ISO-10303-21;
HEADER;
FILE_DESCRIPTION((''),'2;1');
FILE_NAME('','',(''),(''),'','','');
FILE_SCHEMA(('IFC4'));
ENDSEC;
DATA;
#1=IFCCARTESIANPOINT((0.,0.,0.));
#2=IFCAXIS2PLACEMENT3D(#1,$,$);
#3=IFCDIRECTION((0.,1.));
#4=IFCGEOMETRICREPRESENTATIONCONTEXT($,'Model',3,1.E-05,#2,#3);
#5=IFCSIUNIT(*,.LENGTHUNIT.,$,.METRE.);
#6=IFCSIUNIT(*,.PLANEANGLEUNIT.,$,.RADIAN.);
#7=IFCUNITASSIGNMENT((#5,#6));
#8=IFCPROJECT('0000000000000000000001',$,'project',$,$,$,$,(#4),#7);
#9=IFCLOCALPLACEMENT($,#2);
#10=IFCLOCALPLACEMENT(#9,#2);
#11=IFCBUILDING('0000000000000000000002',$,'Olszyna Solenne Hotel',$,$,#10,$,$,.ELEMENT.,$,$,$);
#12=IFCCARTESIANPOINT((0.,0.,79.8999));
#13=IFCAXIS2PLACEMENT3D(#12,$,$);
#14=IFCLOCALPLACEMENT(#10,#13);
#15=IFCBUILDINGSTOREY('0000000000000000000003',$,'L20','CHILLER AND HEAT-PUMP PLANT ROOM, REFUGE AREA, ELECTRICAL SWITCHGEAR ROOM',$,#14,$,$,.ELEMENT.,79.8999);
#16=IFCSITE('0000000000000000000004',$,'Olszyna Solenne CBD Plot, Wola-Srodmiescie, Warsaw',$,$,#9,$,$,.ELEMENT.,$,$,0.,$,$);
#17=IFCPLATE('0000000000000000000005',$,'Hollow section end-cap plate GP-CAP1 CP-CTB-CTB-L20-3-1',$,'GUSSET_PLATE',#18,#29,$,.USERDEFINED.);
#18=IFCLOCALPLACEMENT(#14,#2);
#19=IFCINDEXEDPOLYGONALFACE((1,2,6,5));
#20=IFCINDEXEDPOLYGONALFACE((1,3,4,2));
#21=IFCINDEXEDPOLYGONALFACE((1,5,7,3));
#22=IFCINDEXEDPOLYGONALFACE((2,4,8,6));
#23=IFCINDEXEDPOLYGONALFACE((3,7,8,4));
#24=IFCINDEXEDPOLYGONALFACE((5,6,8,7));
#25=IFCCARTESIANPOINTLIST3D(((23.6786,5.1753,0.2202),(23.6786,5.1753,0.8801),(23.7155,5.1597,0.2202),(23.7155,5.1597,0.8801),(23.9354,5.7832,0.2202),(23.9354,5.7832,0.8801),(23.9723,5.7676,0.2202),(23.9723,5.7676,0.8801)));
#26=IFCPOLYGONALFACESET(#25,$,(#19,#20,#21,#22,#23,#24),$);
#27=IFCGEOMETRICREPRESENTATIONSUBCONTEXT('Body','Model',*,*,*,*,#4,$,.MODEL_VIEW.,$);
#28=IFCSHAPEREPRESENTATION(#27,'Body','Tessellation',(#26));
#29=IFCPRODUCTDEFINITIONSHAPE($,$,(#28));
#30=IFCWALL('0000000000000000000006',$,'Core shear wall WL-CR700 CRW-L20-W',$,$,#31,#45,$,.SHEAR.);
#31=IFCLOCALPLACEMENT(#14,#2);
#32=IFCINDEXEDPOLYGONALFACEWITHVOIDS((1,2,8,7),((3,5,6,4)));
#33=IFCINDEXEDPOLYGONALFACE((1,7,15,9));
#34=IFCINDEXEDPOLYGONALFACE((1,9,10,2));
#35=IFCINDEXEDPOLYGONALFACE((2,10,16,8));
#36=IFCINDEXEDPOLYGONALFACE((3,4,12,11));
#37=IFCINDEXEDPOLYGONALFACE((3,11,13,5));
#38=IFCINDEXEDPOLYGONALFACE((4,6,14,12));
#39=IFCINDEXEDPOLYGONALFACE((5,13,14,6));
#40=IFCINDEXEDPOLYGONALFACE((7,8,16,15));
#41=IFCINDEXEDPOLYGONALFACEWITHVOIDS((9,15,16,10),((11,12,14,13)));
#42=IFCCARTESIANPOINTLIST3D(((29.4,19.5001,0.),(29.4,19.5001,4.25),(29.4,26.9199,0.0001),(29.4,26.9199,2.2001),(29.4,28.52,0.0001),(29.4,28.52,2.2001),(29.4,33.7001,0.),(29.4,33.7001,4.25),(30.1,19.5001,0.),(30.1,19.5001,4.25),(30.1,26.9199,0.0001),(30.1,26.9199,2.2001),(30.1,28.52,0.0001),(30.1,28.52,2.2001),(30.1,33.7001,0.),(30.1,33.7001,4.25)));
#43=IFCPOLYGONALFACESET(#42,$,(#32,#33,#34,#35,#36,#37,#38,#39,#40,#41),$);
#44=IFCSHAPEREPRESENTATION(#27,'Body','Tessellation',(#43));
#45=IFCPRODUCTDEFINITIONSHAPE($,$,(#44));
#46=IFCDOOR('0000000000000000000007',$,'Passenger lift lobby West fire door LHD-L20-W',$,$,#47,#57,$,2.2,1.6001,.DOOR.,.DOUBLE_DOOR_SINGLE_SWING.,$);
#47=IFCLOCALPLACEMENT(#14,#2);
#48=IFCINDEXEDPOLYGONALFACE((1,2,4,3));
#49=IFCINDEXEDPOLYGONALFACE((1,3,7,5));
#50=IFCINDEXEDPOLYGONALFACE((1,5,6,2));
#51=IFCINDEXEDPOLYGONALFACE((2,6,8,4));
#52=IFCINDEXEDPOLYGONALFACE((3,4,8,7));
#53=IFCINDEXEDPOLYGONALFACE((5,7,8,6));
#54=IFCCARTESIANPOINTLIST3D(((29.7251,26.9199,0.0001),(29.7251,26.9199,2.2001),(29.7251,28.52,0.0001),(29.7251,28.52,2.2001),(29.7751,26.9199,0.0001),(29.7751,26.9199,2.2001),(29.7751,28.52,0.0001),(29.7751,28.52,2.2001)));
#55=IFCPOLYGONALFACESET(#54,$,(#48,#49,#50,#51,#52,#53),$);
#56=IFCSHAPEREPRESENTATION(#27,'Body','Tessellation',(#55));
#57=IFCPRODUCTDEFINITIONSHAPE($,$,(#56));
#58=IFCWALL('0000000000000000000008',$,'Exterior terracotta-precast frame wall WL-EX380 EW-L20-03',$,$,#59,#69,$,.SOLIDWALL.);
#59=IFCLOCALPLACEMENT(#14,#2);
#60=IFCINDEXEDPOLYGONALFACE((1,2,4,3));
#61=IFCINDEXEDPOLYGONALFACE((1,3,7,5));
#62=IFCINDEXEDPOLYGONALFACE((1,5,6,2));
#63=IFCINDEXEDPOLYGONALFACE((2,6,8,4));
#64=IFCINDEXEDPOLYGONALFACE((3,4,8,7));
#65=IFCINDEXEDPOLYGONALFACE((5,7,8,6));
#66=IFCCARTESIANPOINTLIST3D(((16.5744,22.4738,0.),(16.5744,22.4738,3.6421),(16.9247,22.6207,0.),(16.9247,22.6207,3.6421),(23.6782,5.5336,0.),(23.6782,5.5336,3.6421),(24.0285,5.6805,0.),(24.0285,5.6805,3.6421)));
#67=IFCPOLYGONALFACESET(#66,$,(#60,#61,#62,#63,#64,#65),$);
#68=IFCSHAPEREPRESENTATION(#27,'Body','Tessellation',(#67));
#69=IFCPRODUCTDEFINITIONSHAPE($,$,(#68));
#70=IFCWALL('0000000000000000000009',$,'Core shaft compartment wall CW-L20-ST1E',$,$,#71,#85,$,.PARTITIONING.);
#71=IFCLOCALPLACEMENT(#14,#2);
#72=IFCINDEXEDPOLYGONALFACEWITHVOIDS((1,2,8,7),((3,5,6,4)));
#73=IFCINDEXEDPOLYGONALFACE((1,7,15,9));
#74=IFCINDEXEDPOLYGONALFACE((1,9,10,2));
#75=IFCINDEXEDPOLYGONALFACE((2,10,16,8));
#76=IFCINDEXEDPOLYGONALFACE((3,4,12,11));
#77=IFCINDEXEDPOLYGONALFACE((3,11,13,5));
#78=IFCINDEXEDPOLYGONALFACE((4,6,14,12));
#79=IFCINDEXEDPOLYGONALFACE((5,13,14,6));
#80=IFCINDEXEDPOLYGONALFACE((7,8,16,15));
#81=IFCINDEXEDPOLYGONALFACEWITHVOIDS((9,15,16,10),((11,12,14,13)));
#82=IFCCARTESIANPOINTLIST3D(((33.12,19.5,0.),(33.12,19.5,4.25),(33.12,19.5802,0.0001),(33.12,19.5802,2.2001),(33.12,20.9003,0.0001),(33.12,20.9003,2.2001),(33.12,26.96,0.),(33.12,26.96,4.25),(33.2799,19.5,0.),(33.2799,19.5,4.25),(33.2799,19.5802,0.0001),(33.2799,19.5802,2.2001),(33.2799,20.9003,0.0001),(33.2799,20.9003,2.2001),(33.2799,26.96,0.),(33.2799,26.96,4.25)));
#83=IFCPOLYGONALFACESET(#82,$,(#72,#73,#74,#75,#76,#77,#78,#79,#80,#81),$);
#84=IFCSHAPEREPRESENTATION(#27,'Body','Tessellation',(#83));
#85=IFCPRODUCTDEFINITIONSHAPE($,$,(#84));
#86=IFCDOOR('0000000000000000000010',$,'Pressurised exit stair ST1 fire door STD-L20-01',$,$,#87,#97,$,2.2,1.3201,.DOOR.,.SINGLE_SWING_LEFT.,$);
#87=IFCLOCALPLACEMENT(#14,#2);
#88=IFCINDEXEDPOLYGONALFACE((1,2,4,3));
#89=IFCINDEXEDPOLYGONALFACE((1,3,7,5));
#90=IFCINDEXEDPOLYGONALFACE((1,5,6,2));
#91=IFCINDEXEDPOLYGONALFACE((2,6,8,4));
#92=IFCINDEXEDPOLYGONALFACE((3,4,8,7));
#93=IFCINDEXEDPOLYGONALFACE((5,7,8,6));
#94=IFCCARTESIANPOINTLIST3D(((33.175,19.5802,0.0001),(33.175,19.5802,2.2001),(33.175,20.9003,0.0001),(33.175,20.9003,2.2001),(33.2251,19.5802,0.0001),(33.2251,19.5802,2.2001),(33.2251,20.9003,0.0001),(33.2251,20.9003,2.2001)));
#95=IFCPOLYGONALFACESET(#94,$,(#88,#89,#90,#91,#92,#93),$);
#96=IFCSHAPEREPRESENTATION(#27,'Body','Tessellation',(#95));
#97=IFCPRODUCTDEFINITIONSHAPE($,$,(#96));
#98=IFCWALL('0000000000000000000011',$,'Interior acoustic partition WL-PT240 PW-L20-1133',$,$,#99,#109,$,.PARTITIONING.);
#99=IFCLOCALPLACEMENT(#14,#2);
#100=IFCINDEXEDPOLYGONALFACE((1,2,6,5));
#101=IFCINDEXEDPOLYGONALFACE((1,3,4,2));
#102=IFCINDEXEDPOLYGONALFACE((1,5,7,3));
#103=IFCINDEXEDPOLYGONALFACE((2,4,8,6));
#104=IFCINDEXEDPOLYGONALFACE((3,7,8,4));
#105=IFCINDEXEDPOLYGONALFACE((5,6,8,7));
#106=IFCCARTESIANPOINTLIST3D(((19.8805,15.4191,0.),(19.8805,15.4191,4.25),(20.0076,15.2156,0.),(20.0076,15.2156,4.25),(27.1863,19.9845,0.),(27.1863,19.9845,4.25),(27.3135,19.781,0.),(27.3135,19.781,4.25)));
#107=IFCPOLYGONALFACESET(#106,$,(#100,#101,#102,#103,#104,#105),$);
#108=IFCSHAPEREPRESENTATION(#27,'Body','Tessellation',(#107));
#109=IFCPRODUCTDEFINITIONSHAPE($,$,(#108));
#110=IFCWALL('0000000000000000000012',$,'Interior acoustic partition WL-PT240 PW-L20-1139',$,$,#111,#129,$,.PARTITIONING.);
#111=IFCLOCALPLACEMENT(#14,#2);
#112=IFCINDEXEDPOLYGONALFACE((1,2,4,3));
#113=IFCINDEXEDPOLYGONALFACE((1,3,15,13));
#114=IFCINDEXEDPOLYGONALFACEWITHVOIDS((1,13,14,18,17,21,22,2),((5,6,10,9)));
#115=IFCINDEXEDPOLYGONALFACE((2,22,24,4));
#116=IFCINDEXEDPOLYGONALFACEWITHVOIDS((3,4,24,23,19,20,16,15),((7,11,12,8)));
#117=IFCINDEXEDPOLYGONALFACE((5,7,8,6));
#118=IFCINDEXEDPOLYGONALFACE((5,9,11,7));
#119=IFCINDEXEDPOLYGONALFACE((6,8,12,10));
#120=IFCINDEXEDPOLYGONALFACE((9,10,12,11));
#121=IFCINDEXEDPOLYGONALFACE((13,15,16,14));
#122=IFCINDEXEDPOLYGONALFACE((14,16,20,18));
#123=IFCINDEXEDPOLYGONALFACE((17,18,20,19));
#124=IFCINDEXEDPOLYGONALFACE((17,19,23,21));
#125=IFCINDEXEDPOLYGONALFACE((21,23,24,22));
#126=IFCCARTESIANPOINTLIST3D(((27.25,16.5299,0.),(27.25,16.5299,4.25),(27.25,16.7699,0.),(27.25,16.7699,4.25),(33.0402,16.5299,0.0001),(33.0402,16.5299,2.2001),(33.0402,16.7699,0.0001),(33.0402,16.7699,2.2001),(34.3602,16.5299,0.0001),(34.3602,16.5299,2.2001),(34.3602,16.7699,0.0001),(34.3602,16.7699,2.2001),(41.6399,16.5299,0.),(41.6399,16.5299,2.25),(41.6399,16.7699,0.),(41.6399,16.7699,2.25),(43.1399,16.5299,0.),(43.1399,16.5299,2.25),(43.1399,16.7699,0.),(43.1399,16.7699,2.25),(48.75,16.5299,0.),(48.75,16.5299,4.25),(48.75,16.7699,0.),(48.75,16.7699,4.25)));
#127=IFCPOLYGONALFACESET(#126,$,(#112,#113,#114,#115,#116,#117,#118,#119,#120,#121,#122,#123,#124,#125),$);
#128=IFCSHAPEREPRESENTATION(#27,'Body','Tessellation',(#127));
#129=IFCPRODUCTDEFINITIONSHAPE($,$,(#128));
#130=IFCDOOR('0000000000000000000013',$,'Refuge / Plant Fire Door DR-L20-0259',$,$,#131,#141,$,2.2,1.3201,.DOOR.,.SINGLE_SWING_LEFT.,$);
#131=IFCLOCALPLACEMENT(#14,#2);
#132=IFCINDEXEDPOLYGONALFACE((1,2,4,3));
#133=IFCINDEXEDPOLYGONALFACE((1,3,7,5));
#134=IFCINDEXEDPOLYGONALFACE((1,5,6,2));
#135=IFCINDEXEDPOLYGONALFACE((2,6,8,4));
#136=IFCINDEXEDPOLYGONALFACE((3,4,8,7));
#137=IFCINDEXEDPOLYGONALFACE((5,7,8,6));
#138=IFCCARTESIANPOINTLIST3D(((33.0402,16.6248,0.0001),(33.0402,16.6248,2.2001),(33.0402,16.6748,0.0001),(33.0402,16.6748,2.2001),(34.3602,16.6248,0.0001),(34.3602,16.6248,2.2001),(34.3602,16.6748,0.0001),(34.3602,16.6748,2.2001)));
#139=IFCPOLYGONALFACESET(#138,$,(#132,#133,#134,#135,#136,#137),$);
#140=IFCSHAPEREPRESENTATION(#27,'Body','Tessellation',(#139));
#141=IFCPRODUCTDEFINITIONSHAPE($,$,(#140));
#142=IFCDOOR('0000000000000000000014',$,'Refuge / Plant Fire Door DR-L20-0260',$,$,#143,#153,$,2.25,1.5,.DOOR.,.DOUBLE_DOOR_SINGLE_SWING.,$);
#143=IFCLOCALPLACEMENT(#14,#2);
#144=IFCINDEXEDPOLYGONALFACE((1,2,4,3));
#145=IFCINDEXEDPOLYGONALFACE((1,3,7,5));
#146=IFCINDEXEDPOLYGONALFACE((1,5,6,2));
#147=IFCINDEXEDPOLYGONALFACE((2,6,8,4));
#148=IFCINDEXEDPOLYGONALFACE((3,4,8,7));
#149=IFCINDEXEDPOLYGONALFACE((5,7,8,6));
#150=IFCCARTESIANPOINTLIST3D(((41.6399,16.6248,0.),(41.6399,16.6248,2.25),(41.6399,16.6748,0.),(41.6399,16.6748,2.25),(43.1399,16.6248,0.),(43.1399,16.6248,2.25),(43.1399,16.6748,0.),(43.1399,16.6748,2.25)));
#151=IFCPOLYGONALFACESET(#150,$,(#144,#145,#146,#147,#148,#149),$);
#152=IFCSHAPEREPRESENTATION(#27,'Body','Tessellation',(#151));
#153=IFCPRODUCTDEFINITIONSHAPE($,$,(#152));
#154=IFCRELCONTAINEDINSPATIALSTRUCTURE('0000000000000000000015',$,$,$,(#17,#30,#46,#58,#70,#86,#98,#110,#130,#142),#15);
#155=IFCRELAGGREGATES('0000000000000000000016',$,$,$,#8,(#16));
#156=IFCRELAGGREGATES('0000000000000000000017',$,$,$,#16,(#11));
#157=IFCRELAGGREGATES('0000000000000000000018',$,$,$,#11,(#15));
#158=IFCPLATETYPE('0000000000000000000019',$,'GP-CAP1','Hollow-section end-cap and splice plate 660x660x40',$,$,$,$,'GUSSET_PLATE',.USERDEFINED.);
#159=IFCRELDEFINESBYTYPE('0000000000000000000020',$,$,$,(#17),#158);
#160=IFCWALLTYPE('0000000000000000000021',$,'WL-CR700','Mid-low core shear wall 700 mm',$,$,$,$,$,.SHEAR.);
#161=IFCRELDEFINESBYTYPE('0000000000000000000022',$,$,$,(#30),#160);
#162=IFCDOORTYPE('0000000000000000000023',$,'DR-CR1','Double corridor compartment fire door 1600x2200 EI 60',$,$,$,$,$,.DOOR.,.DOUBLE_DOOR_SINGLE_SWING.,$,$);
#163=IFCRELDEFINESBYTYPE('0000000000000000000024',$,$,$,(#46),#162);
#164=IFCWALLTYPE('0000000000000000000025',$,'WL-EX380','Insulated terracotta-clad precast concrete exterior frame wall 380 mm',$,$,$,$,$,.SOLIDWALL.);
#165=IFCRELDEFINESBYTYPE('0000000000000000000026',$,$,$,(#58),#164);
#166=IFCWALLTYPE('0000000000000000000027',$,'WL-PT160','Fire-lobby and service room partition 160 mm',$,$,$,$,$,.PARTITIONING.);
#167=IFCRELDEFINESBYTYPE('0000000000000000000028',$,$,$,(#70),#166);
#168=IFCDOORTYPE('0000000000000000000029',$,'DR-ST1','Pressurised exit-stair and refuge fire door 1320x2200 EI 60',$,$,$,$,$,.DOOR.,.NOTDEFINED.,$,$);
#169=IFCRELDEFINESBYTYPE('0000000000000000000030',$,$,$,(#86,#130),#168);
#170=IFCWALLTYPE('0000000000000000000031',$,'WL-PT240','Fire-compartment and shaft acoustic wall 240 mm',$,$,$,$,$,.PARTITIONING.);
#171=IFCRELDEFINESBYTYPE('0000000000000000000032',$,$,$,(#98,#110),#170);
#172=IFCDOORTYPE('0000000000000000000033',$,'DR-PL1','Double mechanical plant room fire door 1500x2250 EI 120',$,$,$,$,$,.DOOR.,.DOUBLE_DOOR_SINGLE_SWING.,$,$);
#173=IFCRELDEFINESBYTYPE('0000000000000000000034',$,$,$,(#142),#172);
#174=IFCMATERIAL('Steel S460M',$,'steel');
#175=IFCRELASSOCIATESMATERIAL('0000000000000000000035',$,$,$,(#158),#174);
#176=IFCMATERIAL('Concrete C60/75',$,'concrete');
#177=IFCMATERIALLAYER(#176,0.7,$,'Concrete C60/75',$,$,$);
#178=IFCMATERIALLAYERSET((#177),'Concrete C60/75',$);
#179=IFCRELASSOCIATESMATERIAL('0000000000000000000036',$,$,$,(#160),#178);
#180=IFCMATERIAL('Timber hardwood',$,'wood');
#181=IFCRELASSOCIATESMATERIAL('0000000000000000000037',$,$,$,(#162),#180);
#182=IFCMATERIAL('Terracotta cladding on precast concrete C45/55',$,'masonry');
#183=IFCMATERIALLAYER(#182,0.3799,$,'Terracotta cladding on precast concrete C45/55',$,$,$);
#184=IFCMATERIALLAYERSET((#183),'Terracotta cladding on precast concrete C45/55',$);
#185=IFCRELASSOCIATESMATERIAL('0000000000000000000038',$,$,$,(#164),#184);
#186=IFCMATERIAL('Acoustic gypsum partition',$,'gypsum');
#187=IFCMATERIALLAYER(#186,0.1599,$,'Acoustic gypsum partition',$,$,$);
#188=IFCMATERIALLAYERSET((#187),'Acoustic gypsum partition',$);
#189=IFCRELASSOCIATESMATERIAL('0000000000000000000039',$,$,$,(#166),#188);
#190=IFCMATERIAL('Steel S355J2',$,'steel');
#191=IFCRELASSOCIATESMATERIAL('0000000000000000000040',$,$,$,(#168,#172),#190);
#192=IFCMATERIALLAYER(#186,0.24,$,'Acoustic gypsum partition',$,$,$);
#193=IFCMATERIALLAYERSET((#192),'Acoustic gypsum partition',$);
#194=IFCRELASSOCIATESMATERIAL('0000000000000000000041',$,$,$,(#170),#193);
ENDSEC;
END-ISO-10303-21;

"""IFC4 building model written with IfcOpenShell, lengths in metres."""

from ifc_helpers import new_model, si_unit, direction, frame, frame_2d, origin, origin_2d, place, context, subcontext, project, spatial, rectangle, extrude, source, transform, mapped, material, layer, layer_set, type_object, type_shapes, element, fill, save


model = new_model("IFC4")

# Units and contexts
model_context = context("Model", 3, precision=1e-05, world=origin(), true_north=direction((0.0, 1.0)))
body_context = subcontext(model_context, "Body", "Model", "MODEL_VIEW")
ifc_project = project(units=[si_unit("LENGTHUNIT", "METRE"), si_unit("PLANEANGLEUNIT", "RADIAN")], contexts=[model_context])

# Site, building, storey
site_placement = place(None, origin())
site = spatial("IfcSite", under=ifc_project, at=site_placement, Name="Olszyna Solenne CBD Plot, Wola-Srodmiescie, Warsaw", CompositionType="ELEMENT", RefElevation=0.0)
building_placement = place(site_placement, origin())
building = spatial("IfcBuilding", under=site, at=building_placement, Name="Olszyna Solenne Hotel", CompositionType="ELEMENT")
storey_placement = place(building_placement, frame((0.0, 0.0, 79.8999)))
storey = spatial("IfcBuildingStorey", under=building, at=storey_placement, Name="L20", Description="CHILLER AND HEAT-PUMP PLANT ROOM, REFUGE AREA, ELECTRICAL SWITCHGEAR ROOM", CompositionType="ELEMENT", Elevation=79.8999)

# Shared definitions
ifc_material_1 = material(Name="Steel S355J2", Category="steel")

# Plate
ifc_material_2 = material(Name="Steel S460M", Category="steel")
plate_type_1 = type_object("IfcPlateType", Name="GP-CAP1", Description="Hollow-section end-cap and splice plate 660x660x40", ElementType="GUSSET_PLATE", PredefinedType="USERDEFINED", material=ifc_material_2)
shared_shape_1 = source(origin(), body_context, "Body", "SweptSolid", [
    extrude(rectangle(XDim=0.04, YDim=0.6599, at=origin_2d()), origin(), (0.0, 0.0, 1.0), 0.6599),
])
plate_1_placement = place(storey_placement, frame((23.8254, 5.4714, 0.2202), z_axis=(0.0, 0.0, 1.0), x_axis=(0.921185, -0.389124, 0.0)))
element("IfcPlate", 1, at=plate_1_placement, inside=storey, type_object=plate_type_1, Name="Hollow section end-cap plate GP-CAP1 CP-CTB-CTB-L20-3-1", ObjectType="GUSSET_PLATE", PredefinedType="USERDEFINED", context=body_context, shape_type="MappedRepresentation", body=[
    mapped(shared_shape_1, transform((0.0, 0.0, 0.0), x_axis=(1.0, 0.0, 0.0), y_axis=(0.0, 1.0, 0.0), z_axis=(0.0, 0.0, 1.0), scale=1.0)),
])

# Wall, opening, door
ifc_material_3 = material(Name="Concrete C60/75", Category="concrete")
ifc_layer_1 = layer(ifc_material_3, 0.7, Name="Concrete C60/75")
ifc_layer_set_1 = layer_set([ifc_layer_1], Name="Concrete C60/75")
wall_type_1 = type_object("IfcWallType", Name="WL-CR700", Description="Mid-low core shear wall 700 mm", PredefinedType="SHEAR", material=ifc_layer_set_1)
wall_1_placement = place(storey_placement, frame((29.75, 19.5, 0.0), z_axis=(0.0, 0.0, 1.0), x_axis=(0.0, 1.0, 0.0)))
wall_1 = element("IfcWall", 2, at=wall_1_placement, inside=storey, type_object=wall_type_1, Name="Core shear wall WL-CR700 CRW-L20-W", PredefinedType="SHEAR", context=body_context, shape_type="SweptSolid", body=[
    extrude(rectangle(XDim=14.2, YDim=0.7, at=frame_2d((7.1001, 0.0))), origin(), (0.0, 0.0, 1.0), 4.25),
])
opening_1_placement = place(wall_1_placement, frame((7.4199, 0.0, 0.0)))
opening_1 = element("IfcOpeningElement", 3, at=opening_1_placement, cuts=wall_1, PredefinedType="OPENING", context=body_context, shape_type="SweptSolid", body=[
    extrude(rectangle(XDim=1.6001, YDim=2.2, at=frame_2d((0.8, 1.1001))), frame((0.0, 0.3599, 0.0), z_axis=(0.0, -1.0, 0.0), x_axis=(1.0, 0.0, 0.0)), (0.0, 0.0, 1.0), 0.72),
])
ifc_material_4 = material(Name="Timber hardwood", Category="wood")
door_type_1 = type_object("IfcDoorType", Name="DR-CR1", Description="Double corridor compartment fire door 1600x2200 EI 60", OperationType="DOUBLE_DOOR_SINGLE_SWING", PredefinedType="DOOR", material=ifc_material_4)
shared_shape_2 = source(origin(), body_context, "Body", "SweptSolid", [
    extrude(rectangle(XDim=1.6001, YDim=2.2, at=frame_2d((0.8, 1.1001))), frame((0.0, 0.0249, 0.0), z_axis=(0.0, -1.0, 0.0), x_axis=(1.0, 0.0, 0.0)), (0.0, 0.0, 1.0), 0.05),
])
type_shapes(door_type_1, [shared_shape_2])
door_1_placement = place(opening_1_placement, origin())
door_1 = element("IfcDoor", 4, at=door_1_placement, inside=storey, type_object=door_type_1, Name="Passenger lift lobby West fire door LHD-L20-W", OperationType="DOUBLE_DOOR_SINGLE_SWING", OverallHeight=2.2, OverallWidth=1.6001, PredefinedType="DOOR", context=body_context, shape_type="MappedRepresentation", body=[
    mapped(shared_shape_2, transform((0.0, 0.0, 0.0), x_axis=(1.0, 0.0, 0.0), y_axis=(0.0, 1.0, 0.0), z_axis=(0.0, 0.0, 1.0), scale=1.0)),
])
fill(opening_1, door_1)

# Wall
ifc_material_5 = material(Name="Terracotta cladding on precast concrete C45/55", Category="masonry")
ifc_layer_2 = layer(ifc_material_5, 0.3799, Name="Terracotta cladding on precast concrete C45/55")
ifc_layer_set_2 = layer_set([ifc_layer_2], Name="Terracotta cladding on precast concrete C45/55")
wall_type_2 = type_object("IfcWallType", Name="WL-EX380", Description="Insulated terracotta-clad precast concrete exterior frame wall 380 mm", PredefinedType="SOLIDWALL", material=ifc_layer_set_2)
wall_2_placement = place(storey_placement, frame((23.8533, 5.6072, 0.0), z_axis=(0.0, 0.0, 1.0), x_axis=(-0.386718, 0.922198, 0.0)))
element("IfcWall", 5, at=wall_2_placement, inside=storey, type_object=wall_type_2, Name="Exterior terracotta-precast frame wall WL-EX380 EW-L20-03", PredefinedType="SOLIDWALL", context=body_context, shape_type="SweptSolid", body=[
    extrude(rectangle(XDim=18.3694, YDim=0.3799, at=frame_2d((9.1846, 0.0))), origin(), (0.0, 0.0, 1.0), 3.6421),
])

# Wall, opening, door
ifc_material_6 = material(Name="Acoustic gypsum partition", Category="gypsum")
ifc_layer_3 = layer(ifc_material_6, 0.1599, Name="Acoustic gypsum partition")
ifc_layer_set_3 = layer_set([ifc_layer_3], Name="Acoustic gypsum partition")
wall_type_3 = type_object("IfcWallType", Name="WL-PT160", Description="Fire-lobby and service room partition 160 mm", PredefinedType="PARTITIONING", material=ifc_layer_set_3)
wall_3_placement = place(storey_placement, frame((33.2, 19.5, 0.0), z_axis=(0.0, 0.0, 1.0), x_axis=(0.0, 1.0, 0.0)))
wall_3 = element("IfcWall", 6, at=wall_3_placement, inside=storey, type_object=wall_type_3, Name="Core shaft compartment wall CW-L20-ST1E", PredefinedType="PARTITIONING", context=body_context, shape_type="SweptSolid", body=[
    extrude(rectangle(XDim=7.46, YDim=0.1599, at=frame_2d((3.73, 0.0))), origin(), (0.0, 0.0, 1.0), 4.25),
])
opening_2_placement = place(wall_3_placement, frame((0.0801, 0.0, 0.0)))
opening_2 = element("IfcOpeningElement", 7, at=opening_2_placement, cuts=wall_3, PredefinedType="OPENING", context=body_context, shape_type="SweptSolid", body=[
    extrude(rectangle(XDim=1.3201, YDim=2.2, at=frame_2d((0.6602, 1.1001))), frame((0.0, 0.0898, 0.0), z_axis=(0.0, -1.0, 0.0), x_axis=(1.0, 0.0, 0.0)), (0.0, 0.0, 1.0), 0.1799),
])
door_type_2 = type_object("IfcDoorType", Name="DR-ST1", Description="Pressurised exit-stair and refuge fire door 1320x2200 EI 60", OperationType="NOTDEFINED", PredefinedType="DOOR", material=ifc_material_1)
shared_shape_3 = source(origin(), body_context, "Body", "SweptSolid", [
    extrude(rectangle(XDim=1.3201, YDim=2.2, at=frame_2d((0.6602, 1.1001))), frame((0.0, 0.0249, 0.0), z_axis=(0.0, -1.0, 0.0), x_axis=(1.0, 0.0, 0.0)), (0.0, 0.0, 1.0), 0.05),
])
type_shapes(door_type_2, [shared_shape_3])
door_2_placement = place(opening_2_placement, origin())
door_2 = element("IfcDoor", 8, at=door_2_placement, inside=storey, type_object=door_type_2, Name="Pressurised exit stair ST1 fire door STD-L20-01", OperationType="SINGLE_SWING_LEFT", OverallHeight=2.2, OverallWidth=1.3201, PredefinedType="DOOR", context=body_context, shape_type="MappedRepresentation", body=[
    mapped(shared_shape_3, transform((0.0, 0.0, 0.0), x_axis=(1.0, 0.0, 0.0), y_axis=(0.0, 1.0, 0.0), z_axis=(0.0, 0.0, 1.0), scale=1.0)),
])
fill(opening_2, door_2)

# Wall
ifc_layer_4 = layer(ifc_material_6, 0.24, Name="Acoustic gypsum partition")
ifc_layer_set_4 = layer_set([ifc_layer_4], Name="Acoustic gypsum partition")
wall_type_4 = type_object("IfcWallType", Name="WL-PT240", Description="Fire-compartment and shaft acoustic wall 240 mm", PredefinedType="PARTITIONING", material=ifc_layer_set_4)
wall_4_placement = place(storey_placement, frame((27.25, 19.8828, 0.0), z_axis=(0.0, 0.0, 1.0), x_axis=(-0.848038, -0.529935, 0.0)))
element("IfcWall", 9, at=wall_4_placement, inside=storey, type_object=wall_type_4, Name="Interior acoustic partition WL-PT240 PW-L20-1133", PredefinedType="PARTITIONING", context=body_context, shape_type="SweptSolid", body=[
    extrude(rectangle(XDim=8.615, YDim=0.24, at=frame_2d((4.3076, 0.0))), origin(), (0.0, 0.0, 1.0), 4.25),
])

# Wall, openings, doors
wall_5_placement = place(storey_placement, frame((27.25, 16.6499, 0.0), z_axis=(0.0, 0.0, 1.0), x_axis=(1.0, 0.0, 0.0)))
wall_5 = element("IfcWall", 10, at=wall_5_placement, inside=storey, type_object=wall_type_4, Name="Interior acoustic partition WL-PT240 PW-L20-1139", PredefinedType="PARTITIONING", context=body_context, shape_type="SweptSolid", body=[
    extrude(rectangle(XDim=21.5, YDim=0.24, at=frame_2d((10.75, 0.0))), origin(), (0.0, 0.0, 1.0), 4.25),
])
opening_3_placement = place(wall_5_placement, frame((5.79, 0.0, 0.0)))
opening_3 = element("IfcOpeningElement", 11, at=opening_3_placement, cuts=wall_5, PredefinedType="OPENING", context=body_context, shape_type="SweptSolid", body=[
    extrude(rectangle(XDim=1.3201, YDim=2.2, at=frame_2d((0.6602, 1.1001))), frame((0.0, 0.1299, 0.0), z_axis=(0.0, -1.0, 0.0), x_axis=(1.0, 0.0, 0.0)), (0.0, 0.0, 1.0), 0.26),
])
opening_4_placement = place(wall_5_placement, frame((14.3899, 0.0, 0.0)))
opening_4 = element("IfcOpeningElement", 12, at=opening_4_placement, cuts=wall_5, PredefinedType="OPENING", context=body_context, shape_type="SweptSolid", body=[
    extrude(rectangle(XDim=1.5, YDim=2.25, at=frame_2d((0.75, 1.125))), frame((0.0, 0.1299, 0.0), z_axis=(0.0, -1.0, 0.0), x_axis=(1.0, 0.0, 0.0)), (0.0, 0.0, 1.0), 0.26),
])
door_3_placement = place(opening_3_placement, origin())
door_3 = element("IfcDoor", 13, at=door_3_placement, inside=storey, type_object=door_type_2, Name="Refuge / Plant Fire Door DR-L20-0259", OperationType="SINGLE_SWING_LEFT", OverallHeight=2.2, OverallWidth=1.3201, PredefinedType="DOOR", context=body_context, shape_type="MappedRepresentation", body=[
    mapped(shared_shape_3, transform((0.0, 0.0, 0.0), x_axis=(1.0, 0.0, 0.0), y_axis=(0.0, 1.0, 0.0), z_axis=(0.0, 0.0, 1.0), scale=1.0)),
])
fill(opening_3, door_3)
door_type_3 = type_object("IfcDoorType", Name="DR-PL1", Description="Double mechanical plant room fire door 1500x2250 EI 120", OperationType="DOUBLE_DOOR_SINGLE_SWING", PredefinedType="DOOR", material=ifc_material_1)
shared_shape_4 = source(origin(), body_context, "Body", "SweptSolid", [
    extrude(rectangle(XDim=1.5, YDim=2.25, at=frame_2d((0.75, 1.125))), frame((0.0, 0.0249, 0.0), z_axis=(0.0, -1.0, 0.0), x_axis=(1.0, 0.0, 0.0)), (0.0, 0.0, 1.0), 0.05),
])
type_shapes(door_type_3, [shared_shape_4])
door_4_placement = place(opening_4_placement, origin())
door_4 = element("IfcDoor", 14, at=door_4_placement, inside=storey, type_object=door_type_3, Name="Refuge / Plant Fire Door DR-L20-0260", OperationType="DOUBLE_DOOR_SINGLE_SWING", OverallHeight=2.25, OverallWidth=1.5, PredefinedType="DOOR", context=body_context, shape_type="MappedRepresentation", body=[
    mapped(shared_shape_4, transform((0.0, 0.0, 0.0), x_axis=(1.0, 0.0, 0.0), y_axis=(0.0, 1.0, 0.0), z_axis=(0.0, 0.0, 1.0), scale=1.0)),
])
fill(opening_4, door_4)

save(model, "model.ifc")
